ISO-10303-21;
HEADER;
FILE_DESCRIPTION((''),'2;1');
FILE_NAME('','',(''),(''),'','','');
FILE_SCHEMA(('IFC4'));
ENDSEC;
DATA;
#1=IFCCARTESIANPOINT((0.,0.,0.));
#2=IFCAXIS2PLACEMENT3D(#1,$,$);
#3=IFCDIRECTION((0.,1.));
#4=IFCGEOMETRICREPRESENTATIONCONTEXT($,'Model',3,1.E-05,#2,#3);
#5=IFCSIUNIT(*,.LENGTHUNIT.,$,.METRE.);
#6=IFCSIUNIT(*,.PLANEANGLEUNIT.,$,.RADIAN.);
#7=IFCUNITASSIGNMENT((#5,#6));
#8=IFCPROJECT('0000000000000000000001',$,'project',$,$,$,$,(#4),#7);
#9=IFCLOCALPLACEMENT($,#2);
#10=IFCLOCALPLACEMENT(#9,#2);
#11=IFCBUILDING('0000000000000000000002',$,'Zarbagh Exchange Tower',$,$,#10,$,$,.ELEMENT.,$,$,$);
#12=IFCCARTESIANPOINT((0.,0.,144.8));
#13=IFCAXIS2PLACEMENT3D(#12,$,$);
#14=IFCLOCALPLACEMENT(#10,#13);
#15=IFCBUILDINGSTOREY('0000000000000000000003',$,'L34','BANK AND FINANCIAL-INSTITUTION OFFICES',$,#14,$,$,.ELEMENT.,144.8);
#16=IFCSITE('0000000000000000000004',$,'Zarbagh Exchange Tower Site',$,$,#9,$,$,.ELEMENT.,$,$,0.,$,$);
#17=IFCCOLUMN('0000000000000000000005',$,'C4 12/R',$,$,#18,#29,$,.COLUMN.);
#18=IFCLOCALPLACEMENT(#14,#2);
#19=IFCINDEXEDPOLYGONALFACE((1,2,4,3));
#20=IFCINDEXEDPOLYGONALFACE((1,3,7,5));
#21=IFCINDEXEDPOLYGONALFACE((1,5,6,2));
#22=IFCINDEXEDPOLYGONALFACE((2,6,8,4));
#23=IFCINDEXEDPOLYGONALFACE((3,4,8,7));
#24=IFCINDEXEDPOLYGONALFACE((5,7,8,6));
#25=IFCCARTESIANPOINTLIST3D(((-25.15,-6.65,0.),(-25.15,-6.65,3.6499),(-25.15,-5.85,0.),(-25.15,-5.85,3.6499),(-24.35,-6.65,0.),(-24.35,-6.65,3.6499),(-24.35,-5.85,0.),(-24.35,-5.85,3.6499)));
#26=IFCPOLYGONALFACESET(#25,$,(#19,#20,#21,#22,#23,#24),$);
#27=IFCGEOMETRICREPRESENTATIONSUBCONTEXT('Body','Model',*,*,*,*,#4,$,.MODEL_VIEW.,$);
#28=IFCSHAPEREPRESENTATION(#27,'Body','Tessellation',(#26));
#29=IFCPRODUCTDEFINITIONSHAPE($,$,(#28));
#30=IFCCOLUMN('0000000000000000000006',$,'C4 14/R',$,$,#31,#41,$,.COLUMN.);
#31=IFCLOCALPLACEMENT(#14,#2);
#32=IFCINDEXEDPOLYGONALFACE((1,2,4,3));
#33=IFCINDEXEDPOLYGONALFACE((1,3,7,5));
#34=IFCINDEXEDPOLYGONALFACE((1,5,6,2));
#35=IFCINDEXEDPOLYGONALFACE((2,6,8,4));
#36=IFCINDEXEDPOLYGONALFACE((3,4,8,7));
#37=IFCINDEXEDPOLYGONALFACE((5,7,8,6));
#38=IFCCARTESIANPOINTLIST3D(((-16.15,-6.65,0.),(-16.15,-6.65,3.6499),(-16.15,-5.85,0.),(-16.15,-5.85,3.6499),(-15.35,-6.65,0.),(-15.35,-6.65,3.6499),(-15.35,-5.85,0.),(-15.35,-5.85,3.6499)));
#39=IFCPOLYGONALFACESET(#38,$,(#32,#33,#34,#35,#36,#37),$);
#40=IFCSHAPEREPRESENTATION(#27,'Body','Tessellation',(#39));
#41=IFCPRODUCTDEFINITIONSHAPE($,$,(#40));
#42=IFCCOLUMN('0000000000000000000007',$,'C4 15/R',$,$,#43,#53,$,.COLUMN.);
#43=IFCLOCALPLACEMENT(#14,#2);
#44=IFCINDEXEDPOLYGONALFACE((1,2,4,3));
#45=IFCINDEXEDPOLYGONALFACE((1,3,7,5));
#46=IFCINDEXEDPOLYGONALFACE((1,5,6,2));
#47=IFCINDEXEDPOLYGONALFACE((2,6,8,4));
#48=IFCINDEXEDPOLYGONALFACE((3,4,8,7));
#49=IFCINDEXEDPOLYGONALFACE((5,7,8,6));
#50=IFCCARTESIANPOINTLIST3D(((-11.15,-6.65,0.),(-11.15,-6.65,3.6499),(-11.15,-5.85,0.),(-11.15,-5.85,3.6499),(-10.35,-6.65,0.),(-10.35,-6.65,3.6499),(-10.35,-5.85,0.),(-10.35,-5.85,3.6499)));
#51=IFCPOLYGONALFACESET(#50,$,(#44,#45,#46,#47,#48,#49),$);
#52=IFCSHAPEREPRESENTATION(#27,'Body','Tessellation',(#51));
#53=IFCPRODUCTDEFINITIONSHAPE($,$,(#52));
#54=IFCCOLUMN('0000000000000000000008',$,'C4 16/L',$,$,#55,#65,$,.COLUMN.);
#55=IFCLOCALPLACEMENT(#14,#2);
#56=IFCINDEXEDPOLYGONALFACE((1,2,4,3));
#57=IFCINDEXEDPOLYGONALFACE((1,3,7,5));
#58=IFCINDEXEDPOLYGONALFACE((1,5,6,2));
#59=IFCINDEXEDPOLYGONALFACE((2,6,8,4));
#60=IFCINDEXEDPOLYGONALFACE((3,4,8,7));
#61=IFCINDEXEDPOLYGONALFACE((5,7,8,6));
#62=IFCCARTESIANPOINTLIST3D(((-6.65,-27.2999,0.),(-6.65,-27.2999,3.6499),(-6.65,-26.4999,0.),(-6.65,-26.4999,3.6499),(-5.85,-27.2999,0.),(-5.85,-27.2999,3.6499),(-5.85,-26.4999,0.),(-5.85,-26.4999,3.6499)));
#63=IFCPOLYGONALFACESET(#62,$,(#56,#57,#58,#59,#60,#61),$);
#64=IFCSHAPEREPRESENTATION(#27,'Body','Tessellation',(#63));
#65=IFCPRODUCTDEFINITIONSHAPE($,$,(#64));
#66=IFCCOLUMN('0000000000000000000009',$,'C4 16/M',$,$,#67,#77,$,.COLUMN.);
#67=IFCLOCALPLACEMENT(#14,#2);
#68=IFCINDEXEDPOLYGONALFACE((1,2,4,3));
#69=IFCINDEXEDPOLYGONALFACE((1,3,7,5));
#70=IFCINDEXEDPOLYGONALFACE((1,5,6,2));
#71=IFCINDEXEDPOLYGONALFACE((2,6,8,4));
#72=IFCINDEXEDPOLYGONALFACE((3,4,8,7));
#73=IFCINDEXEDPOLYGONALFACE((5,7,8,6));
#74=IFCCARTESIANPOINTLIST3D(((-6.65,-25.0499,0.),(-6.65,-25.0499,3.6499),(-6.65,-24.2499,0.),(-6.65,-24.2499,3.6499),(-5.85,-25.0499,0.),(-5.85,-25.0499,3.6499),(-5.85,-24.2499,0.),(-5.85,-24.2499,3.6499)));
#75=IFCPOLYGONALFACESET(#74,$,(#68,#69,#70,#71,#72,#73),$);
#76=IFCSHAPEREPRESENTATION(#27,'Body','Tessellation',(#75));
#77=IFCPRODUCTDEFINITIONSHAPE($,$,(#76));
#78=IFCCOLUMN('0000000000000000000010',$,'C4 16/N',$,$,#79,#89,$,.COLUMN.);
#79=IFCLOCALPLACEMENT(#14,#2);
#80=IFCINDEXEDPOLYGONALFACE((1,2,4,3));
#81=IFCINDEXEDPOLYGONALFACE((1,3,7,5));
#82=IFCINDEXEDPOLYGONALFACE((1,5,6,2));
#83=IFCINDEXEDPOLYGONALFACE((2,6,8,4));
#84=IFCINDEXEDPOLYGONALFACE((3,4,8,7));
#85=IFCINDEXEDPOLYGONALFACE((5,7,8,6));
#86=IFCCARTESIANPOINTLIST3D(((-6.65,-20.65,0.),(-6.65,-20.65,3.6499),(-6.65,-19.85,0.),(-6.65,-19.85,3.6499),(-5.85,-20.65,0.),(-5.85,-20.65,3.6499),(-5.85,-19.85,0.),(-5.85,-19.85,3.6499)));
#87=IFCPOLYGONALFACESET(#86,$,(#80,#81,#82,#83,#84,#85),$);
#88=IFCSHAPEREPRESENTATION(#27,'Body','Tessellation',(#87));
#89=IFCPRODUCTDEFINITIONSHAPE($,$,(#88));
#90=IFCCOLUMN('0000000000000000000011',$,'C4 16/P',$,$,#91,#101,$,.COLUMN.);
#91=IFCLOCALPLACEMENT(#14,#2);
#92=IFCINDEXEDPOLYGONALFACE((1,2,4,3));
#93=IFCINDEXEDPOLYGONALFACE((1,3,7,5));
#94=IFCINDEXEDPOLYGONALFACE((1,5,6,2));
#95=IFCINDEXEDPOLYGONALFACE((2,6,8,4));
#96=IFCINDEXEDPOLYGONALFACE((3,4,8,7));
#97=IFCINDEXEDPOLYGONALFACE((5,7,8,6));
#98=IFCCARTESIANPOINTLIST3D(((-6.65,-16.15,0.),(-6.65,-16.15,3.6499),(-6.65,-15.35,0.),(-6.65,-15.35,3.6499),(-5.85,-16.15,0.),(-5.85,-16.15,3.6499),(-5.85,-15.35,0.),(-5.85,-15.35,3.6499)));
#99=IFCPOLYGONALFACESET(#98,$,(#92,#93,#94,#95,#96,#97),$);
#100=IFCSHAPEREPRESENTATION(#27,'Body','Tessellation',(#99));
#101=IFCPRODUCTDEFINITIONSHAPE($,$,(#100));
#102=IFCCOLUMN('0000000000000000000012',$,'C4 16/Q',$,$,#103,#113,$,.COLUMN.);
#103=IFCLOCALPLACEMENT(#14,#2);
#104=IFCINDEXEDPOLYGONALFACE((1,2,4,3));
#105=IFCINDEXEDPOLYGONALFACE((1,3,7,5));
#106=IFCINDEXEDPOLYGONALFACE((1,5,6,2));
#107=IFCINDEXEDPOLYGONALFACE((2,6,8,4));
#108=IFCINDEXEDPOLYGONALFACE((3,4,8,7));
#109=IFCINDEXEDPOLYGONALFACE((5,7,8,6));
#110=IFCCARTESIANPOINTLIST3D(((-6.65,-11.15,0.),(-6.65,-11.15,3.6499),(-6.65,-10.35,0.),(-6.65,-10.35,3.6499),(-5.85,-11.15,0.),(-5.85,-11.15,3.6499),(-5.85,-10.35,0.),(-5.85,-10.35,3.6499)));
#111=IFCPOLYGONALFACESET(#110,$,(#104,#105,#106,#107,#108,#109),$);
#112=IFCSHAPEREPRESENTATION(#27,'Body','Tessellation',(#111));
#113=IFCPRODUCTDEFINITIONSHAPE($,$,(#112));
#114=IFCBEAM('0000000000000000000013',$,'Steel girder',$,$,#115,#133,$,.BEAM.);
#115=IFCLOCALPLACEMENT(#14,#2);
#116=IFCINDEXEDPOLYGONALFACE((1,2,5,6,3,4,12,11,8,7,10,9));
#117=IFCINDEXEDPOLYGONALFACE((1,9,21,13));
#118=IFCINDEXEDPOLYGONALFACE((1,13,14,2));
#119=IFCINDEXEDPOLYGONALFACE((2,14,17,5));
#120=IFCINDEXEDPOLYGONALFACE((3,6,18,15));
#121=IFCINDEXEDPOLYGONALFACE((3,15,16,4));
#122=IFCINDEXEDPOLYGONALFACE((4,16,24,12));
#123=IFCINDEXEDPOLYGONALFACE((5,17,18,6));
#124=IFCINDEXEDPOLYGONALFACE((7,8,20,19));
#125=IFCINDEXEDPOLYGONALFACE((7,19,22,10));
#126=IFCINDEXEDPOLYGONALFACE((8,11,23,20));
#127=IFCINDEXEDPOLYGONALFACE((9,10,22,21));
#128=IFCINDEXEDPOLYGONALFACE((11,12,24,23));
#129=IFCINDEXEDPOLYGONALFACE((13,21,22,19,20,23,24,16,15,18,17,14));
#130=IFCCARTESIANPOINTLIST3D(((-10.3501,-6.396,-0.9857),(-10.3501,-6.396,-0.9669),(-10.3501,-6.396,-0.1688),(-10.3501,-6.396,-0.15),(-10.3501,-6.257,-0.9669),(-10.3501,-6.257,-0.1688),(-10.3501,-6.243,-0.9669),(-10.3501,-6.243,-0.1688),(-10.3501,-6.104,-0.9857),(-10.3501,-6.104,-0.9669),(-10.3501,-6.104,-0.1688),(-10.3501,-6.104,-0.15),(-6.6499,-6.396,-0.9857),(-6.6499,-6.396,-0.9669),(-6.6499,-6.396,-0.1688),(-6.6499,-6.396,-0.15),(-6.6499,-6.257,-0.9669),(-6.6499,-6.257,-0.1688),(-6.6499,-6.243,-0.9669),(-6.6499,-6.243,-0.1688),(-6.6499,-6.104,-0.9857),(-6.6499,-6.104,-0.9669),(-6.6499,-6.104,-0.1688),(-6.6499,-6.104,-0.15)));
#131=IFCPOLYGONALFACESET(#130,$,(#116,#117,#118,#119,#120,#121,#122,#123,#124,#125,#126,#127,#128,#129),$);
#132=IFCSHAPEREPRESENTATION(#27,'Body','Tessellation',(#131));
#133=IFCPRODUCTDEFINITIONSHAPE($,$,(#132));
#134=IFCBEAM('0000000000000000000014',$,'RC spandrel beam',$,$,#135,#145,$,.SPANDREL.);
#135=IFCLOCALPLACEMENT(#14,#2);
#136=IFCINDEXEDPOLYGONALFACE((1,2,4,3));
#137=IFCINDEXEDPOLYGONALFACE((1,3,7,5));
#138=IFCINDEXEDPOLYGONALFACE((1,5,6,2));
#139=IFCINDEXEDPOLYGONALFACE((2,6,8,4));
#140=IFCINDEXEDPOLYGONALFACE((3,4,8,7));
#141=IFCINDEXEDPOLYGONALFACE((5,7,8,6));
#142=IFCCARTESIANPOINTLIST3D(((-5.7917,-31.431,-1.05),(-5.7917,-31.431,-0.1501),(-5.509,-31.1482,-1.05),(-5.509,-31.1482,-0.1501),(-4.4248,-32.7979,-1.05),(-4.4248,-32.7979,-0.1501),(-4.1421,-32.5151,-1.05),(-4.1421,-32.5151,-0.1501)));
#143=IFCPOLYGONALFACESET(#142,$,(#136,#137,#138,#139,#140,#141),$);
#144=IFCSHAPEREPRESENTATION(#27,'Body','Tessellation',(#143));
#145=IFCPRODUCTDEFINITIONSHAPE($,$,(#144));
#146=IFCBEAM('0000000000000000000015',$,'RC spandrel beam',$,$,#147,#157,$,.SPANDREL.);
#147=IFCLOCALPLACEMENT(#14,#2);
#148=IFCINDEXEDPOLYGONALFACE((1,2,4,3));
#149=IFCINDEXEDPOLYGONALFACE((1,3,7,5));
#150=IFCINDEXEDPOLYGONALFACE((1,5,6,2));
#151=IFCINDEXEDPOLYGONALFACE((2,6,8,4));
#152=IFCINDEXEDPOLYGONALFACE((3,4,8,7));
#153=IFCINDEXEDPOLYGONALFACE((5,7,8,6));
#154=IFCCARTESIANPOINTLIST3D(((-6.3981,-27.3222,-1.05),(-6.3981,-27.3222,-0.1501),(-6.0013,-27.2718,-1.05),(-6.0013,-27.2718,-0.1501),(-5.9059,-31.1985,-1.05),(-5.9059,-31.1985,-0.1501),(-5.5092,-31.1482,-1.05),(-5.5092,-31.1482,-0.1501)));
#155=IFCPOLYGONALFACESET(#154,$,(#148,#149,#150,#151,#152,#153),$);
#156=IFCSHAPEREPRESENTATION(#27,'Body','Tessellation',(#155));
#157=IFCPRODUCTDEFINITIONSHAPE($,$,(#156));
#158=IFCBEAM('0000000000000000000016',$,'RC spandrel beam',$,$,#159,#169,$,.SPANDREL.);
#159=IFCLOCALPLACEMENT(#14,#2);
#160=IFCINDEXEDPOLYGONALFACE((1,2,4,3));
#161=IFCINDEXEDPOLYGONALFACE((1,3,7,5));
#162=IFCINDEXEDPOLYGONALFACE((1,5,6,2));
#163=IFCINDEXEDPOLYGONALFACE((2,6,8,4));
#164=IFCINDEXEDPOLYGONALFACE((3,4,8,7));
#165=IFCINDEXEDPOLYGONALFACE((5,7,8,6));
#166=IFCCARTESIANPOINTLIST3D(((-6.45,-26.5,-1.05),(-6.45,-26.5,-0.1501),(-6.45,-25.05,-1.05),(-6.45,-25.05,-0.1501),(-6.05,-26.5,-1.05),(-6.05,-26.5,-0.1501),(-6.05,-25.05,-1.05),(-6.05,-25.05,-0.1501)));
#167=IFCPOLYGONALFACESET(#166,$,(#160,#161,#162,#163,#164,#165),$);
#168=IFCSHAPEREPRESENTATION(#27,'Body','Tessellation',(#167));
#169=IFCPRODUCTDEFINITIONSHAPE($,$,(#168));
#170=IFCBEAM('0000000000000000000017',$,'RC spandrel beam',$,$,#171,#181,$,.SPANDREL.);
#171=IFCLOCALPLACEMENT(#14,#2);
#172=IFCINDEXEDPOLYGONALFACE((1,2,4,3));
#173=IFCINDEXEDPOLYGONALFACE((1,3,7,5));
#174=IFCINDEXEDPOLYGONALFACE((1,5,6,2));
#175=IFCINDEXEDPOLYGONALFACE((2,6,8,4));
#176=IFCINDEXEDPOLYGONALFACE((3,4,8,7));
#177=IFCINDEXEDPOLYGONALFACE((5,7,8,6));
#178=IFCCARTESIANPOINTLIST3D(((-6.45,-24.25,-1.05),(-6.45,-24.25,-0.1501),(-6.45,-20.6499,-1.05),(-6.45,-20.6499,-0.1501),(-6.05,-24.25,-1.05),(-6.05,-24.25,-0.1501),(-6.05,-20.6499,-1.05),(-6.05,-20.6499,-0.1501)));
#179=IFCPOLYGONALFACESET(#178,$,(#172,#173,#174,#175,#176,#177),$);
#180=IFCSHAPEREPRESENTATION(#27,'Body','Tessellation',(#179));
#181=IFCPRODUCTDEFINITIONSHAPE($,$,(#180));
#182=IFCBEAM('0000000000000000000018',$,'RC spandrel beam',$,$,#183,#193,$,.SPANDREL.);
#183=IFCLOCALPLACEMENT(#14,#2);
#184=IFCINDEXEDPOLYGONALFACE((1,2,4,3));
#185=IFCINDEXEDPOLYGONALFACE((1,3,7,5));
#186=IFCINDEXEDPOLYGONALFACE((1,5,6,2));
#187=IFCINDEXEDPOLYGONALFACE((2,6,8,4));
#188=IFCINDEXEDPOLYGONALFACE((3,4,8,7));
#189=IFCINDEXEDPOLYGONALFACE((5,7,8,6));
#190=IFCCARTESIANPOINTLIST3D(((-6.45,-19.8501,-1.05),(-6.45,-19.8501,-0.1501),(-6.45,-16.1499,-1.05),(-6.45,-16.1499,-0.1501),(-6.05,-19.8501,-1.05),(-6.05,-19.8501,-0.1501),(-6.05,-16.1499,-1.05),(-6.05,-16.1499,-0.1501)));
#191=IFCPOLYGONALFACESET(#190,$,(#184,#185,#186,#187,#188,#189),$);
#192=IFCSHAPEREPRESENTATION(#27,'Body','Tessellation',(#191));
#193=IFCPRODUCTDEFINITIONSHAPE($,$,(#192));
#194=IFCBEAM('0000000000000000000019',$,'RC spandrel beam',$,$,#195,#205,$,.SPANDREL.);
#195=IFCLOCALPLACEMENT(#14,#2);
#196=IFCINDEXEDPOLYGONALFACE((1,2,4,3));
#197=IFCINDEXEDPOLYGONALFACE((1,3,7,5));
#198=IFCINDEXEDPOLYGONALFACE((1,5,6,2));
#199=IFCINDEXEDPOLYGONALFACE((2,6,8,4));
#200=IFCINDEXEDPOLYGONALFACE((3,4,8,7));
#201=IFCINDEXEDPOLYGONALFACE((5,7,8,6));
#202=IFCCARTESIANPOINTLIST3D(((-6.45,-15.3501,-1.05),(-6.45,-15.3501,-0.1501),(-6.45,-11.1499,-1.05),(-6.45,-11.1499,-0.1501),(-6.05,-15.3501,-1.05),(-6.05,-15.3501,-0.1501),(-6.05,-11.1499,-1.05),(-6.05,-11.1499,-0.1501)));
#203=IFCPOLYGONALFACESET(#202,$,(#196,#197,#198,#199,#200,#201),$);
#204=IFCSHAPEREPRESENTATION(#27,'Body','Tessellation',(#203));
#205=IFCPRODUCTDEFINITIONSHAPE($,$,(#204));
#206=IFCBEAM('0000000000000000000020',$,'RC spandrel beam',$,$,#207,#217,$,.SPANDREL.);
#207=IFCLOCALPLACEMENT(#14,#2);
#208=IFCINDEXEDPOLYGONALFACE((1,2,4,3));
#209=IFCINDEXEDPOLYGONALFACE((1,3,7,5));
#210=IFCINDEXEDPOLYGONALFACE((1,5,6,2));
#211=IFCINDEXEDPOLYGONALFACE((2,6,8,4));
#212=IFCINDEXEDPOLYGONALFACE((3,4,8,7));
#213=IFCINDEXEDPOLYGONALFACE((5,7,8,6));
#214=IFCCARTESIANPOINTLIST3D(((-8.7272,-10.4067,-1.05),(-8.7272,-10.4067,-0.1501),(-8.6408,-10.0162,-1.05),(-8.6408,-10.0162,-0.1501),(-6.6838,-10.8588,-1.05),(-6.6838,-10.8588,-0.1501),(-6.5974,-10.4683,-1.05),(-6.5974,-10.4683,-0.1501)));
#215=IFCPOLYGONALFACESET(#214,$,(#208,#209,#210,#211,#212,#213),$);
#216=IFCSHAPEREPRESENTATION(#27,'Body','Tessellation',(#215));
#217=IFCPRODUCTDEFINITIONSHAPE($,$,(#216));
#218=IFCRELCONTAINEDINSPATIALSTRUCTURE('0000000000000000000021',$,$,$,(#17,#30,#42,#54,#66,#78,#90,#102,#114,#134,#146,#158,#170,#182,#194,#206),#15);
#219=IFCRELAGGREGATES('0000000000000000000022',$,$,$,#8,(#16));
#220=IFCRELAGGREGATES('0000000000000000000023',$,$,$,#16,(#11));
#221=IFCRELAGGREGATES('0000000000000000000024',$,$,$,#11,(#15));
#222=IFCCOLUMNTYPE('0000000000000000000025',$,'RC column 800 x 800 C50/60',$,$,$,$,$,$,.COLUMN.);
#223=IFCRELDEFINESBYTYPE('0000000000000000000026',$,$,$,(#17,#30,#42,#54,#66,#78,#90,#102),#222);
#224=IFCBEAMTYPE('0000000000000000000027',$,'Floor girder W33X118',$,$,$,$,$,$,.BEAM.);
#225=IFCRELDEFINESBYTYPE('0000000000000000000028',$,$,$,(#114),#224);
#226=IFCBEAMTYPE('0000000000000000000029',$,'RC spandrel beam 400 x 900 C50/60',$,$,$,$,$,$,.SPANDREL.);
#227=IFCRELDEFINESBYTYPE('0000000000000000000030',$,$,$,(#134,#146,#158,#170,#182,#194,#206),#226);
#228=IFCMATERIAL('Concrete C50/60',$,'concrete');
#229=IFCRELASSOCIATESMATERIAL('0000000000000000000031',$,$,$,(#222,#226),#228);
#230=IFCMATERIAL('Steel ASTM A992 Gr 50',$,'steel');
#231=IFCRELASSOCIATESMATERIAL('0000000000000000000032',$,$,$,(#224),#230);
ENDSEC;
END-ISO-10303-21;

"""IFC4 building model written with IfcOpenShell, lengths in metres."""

from ifc_helpers import new_model, si_unit, direction, frame, origin, origin_2d, place, context, subcontext, project, spatial, rectangle, i_section, extrude, material, material_profile, profile_set, type_object, element, save


model = new_model("IFC4")

# Units and contexts
model_context = context("Model", 3, precision=1e-05, world=origin(), true_north=direction((0.0, 1.0)))
body_context = subcontext(model_context, "Body", "Model", "MODEL_VIEW")
ifc_project = project(units=[si_unit("LENGTHUNIT", "METRE"), si_unit("PLANEANGLEUNIT", "RADIAN")], contexts=[model_context])

# Site, building, storey
site_placement = place(None, origin())
site = spatial("IfcSite", under=ifc_project, at=site_placement, Name="Zarbagh Exchange Tower Site", CompositionType="ELEMENT", RefElevation=0.0)
building_placement = place(site_placement, origin())
building = spatial("IfcBuilding", under=site, at=building_placement, Name="Zarbagh Exchange Tower", CompositionType="ELEMENT")
storey_placement = place(building_placement, frame((0.0, 0.0, 144.8)))
storey = spatial("IfcBuildingStorey", under=building, at=storey_placement, Name="L34", Description="BANK AND FINANCIAL-INSTITUTION OFFICES", CompositionType="ELEMENT", Elevation=144.8)

# Columns
ifc_material_1 = material(Name="Concrete C50/60", Category="concrete")
ifc_material_profile_1 = material_profile(ifc_material_1, rectangle(XDim=0.8, YDim=0.8, at=origin_2d()), Name="RC column 800 x 800 C50/60")
ifc_profile_set_1 = profile_set([ifc_material_profile_1], Name="Concrete C50/60")
column_type = type_object("IfcColumnType", Name="RC column 800 x 800 C50/60", PredefinedType="COLUMN", material=ifc_profile_set_1)
for number, where, z_axis, x_axis, name in (
    (1, (-24.75, -6.25, 0.0), (0.0, 0.0, 1.0), (1.0, 0.0, 0.0), "C4 12/R"),
    (2, (-15.75, -6.25, 0.0), (0.0, 0.0, 1.0), (1.0, 0.0, 0.0), "C4 14/R"),
    (3, (-10.75, -6.25, 0.0), (0.0, 0.0, 1.0), (1.0, 0.0, 0.0), "C4 15/R"),
    (4, (-6.25, -26.8999, 0.0), (0.0, 0.0, 1.0), (1.0, 0.0, 0.0), "C4 16/L"),
    (5, (-6.25, -24.6499, 0.0), (0.0, 0.0, 1.0), (1.0, 0.0, 0.0), "C4 16/M"),
    (6, (-6.25, -20.25, 0.0), (0.0, 0.0, 1.0), (1.0, 0.0, 0.0), "C4 16/N"),
    (7, (-6.25, -15.75, 0.0), (0.0, 0.0, 1.0), (1.0, 0.0, 0.0), "C4 16/P"),
    (8, (-6.25, -10.75, 0.0), (0.0, 0.0, 1.0), (1.0, 0.0, 0.0), "C4 16/Q"),
):
    element("IfcColumn", number, at=place(storey_placement, frame(where, z_axis=z_axis, x_axis=x_axis)), inside=storey, type_object=column_type, Name=name, PredefinedType="COLUMN", context=body_context, shape_type="SweptSolid", body=[
        extrude(rectangle(XDim=0.8, YDim=0.8, at=origin_2d()), origin(), (0.0, 0.0, 1.0), 3.6499),
    ])

# Beams
ifc_material_2 = material(Name="Steel ASTM A992 Gr 50", Category="steel")
ifc_material_profile_2 = material_profile(ifc_material_2, i_section(OverallWidth=0.292, OverallDepth=0.8357, WebThickness=0.0139, FlangeThickness=0.0188, at=origin_2d()), Name="W33X118")
ifc_profile_set_2 = profile_set([ifc_material_profile_2], Name="Steel ASTM A992 Gr 50")
beam_type_1 = type_object("IfcBeamType", Name="Floor girder W33X118", PredefinedType="BEAM", material=ifc_profile_set_2)
beam_1_placement = place(storey_placement, frame((-10.3501, -6.25, -0.5679), z_axis=(1.0, 0.0, 0.0), x_axis=(0.0, 1.0, 0.0)))
element("IfcBeam", 9, at=beam_1_placement, inside=storey, type_object=beam_type_1, Name="Steel girder", PredefinedType="BEAM", context=body_context, shape_type="SweptSolid", body=[
    extrude(i_section(OverallWidth=0.292, OverallDepth=0.8357, WebThickness=0.0139, FlangeThickness=0.0188, at=origin_2d()), origin(), (0.0, 0.0, 1.0), 3.7002),
])
ifc_material_profile_3 = material_profile(ifc_material_1, rectangle(XDim=0.3999, YDim=0.8999, at=origin_2d()), Name="RC spandrel beam 400 x 900 C50/60")
ifc_profile_set_3 = profile_set([ifc_material_profile_3], Name="Concrete C50/60")
beam_type_2 = type_object("IfcBeamType", Name="RC spandrel beam 400 x 900 C50/60", PredefinedType="SPANDREL", material=ifc_profile_set_3)
beam_2_placement = place(storey_placement, frame((-4.2834, -32.6565, -0.6001), z_axis=(-0.707107, 0.707107, 0.0), x_axis=(-0.707107, -0.707107, 0.0)))
element("IfcBeam", 10, at=beam_2_placement, inside=storey, type_object=beam_type_2, Name="RC spandrel beam", PredefinedType="SPANDREL", context=body_context, shape_type="SweptSolid", body=[
    extrude(rectangle(XDim=0.3999, YDim=0.8999, at=origin_2d()), origin(), (0.0, 0.0, 1.0), 1.9331),
])
beam_3_placement = place(storey_placement, frame((-5.7075, -31.1733, -0.6001), z_axis=(-0.125957, 0.992036, 0.0), x_axis=(-0.992036, -0.125957, 0.0)))
element("IfcBeam", 11, at=beam_3_placement, inside=storey, type_object=beam_type_2, Name="RC spandrel beam", PredefinedType="SPANDREL", context=body_context, shape_type="SweptSolid", body=[
    extrude(rectangle(XDim=0.3999, YDim=0.8999, at=origin_2d()), origin(), (0.0, 0.0, 1.0), 3.9075),
])
beam_4_placement = place(storey_placement, frame((-6.25, -26.5, -0.6001), z_axis=(0.0, 1.0, 0.0), x_axis=(-1.0, 0.0, 0.0)))
element("IfcBeam", 12, at=beam_4_placement, inside=storey, type_object=beam_type_2, Name="RC spandrel beam", PredefinedType="SPANDREL", context=body_context, shape_type="SweptSolid", body=[
    extrude(rectangle(XDim=0.3999, YDim=0.8999, at=origin_2d()), origin(), (0.0, 0.0, 1.0), 1.45),
])
beam_5_placement = place(storey_placement, frame((-6.25, -24.25, -0.6001), z_axis=(0.0, 1.0, 0.0), x_axis=(-1.0, 0.0, 0.0)))
element("IfcBeam", 13, at=beam_5_placement, inside=storey, type_object=beam_type_2, Name="RC spandrel beam", PredefinedType="SPANDREL", context=body_context, shape_type="SweptSolid", body=[
    extrude(rectangle(XDim=0.3999, YDim=0.8999, at=origin_2d()), origin(), (0.0, 0.0, 1.0), 3.6001),
])
beam_6_placement = place(storey_placement, frame((-6.25, -19.8501, -0.6001), z_axis=(0.0, 1.0, 0.0), x_axis=(-1.0, 0.0, 0.0)))
element("IfcBeam", 14, at=beam_6_placement, inside=storey, type_object=beam_type_2, Name="RC spandrel beam", PredefinedType="SPANDREL", context=body_context, shape_type="SweptSolid", body=[
    extrude(rectangle(XDim=0.3999, YDim=0.8999, at=origin_2d()), origin(), (0.0, 0.0, 1.0), 3.7002),
])
beam_7_placement = place(storey_placement, frame((-6.25, -15.3501, -0.6001), z_axis=(0.0, 1.0, 0.0), x_axis=(-1.0, 0.0, 0.0)))
element("IfcBeam", 15, at=beam_7_placement, inside=storey, type_object=beam_type_2, Name="RC spandrel beam", PredefinedType="SPANDREL", context=body_context, shape_type="SweptSolid", body=[
    extrude(rectangle(XDim=0.3999, YDim=0.8999, at=origin_2d()), origin(), (0.0, 0.0, 1.0), 4.2002),
])
beam_8_placement = place(storey_placement, frame((-6.6406, -10.6636, -0.6001), z_axis=(-0.976384, 0.216041, 0.0), x_axis=(-0.216041, -0.976384, 0.0)))
element("IfcBeam", 16, at=beam_8_placement, inside=storey, type_object=beam_type_2, Name="RC spandrel beam", PredefinedType="SPANDREL", context=body_context, shape_type="SweptSolid", body=[
    extrude(rectangle(XDim=0.3999, YDim=0.8999, at=origin_2d()), origin(), (0.0, 0.0, 1.0), 2.0928),
])

save(model, "model.ifc")
